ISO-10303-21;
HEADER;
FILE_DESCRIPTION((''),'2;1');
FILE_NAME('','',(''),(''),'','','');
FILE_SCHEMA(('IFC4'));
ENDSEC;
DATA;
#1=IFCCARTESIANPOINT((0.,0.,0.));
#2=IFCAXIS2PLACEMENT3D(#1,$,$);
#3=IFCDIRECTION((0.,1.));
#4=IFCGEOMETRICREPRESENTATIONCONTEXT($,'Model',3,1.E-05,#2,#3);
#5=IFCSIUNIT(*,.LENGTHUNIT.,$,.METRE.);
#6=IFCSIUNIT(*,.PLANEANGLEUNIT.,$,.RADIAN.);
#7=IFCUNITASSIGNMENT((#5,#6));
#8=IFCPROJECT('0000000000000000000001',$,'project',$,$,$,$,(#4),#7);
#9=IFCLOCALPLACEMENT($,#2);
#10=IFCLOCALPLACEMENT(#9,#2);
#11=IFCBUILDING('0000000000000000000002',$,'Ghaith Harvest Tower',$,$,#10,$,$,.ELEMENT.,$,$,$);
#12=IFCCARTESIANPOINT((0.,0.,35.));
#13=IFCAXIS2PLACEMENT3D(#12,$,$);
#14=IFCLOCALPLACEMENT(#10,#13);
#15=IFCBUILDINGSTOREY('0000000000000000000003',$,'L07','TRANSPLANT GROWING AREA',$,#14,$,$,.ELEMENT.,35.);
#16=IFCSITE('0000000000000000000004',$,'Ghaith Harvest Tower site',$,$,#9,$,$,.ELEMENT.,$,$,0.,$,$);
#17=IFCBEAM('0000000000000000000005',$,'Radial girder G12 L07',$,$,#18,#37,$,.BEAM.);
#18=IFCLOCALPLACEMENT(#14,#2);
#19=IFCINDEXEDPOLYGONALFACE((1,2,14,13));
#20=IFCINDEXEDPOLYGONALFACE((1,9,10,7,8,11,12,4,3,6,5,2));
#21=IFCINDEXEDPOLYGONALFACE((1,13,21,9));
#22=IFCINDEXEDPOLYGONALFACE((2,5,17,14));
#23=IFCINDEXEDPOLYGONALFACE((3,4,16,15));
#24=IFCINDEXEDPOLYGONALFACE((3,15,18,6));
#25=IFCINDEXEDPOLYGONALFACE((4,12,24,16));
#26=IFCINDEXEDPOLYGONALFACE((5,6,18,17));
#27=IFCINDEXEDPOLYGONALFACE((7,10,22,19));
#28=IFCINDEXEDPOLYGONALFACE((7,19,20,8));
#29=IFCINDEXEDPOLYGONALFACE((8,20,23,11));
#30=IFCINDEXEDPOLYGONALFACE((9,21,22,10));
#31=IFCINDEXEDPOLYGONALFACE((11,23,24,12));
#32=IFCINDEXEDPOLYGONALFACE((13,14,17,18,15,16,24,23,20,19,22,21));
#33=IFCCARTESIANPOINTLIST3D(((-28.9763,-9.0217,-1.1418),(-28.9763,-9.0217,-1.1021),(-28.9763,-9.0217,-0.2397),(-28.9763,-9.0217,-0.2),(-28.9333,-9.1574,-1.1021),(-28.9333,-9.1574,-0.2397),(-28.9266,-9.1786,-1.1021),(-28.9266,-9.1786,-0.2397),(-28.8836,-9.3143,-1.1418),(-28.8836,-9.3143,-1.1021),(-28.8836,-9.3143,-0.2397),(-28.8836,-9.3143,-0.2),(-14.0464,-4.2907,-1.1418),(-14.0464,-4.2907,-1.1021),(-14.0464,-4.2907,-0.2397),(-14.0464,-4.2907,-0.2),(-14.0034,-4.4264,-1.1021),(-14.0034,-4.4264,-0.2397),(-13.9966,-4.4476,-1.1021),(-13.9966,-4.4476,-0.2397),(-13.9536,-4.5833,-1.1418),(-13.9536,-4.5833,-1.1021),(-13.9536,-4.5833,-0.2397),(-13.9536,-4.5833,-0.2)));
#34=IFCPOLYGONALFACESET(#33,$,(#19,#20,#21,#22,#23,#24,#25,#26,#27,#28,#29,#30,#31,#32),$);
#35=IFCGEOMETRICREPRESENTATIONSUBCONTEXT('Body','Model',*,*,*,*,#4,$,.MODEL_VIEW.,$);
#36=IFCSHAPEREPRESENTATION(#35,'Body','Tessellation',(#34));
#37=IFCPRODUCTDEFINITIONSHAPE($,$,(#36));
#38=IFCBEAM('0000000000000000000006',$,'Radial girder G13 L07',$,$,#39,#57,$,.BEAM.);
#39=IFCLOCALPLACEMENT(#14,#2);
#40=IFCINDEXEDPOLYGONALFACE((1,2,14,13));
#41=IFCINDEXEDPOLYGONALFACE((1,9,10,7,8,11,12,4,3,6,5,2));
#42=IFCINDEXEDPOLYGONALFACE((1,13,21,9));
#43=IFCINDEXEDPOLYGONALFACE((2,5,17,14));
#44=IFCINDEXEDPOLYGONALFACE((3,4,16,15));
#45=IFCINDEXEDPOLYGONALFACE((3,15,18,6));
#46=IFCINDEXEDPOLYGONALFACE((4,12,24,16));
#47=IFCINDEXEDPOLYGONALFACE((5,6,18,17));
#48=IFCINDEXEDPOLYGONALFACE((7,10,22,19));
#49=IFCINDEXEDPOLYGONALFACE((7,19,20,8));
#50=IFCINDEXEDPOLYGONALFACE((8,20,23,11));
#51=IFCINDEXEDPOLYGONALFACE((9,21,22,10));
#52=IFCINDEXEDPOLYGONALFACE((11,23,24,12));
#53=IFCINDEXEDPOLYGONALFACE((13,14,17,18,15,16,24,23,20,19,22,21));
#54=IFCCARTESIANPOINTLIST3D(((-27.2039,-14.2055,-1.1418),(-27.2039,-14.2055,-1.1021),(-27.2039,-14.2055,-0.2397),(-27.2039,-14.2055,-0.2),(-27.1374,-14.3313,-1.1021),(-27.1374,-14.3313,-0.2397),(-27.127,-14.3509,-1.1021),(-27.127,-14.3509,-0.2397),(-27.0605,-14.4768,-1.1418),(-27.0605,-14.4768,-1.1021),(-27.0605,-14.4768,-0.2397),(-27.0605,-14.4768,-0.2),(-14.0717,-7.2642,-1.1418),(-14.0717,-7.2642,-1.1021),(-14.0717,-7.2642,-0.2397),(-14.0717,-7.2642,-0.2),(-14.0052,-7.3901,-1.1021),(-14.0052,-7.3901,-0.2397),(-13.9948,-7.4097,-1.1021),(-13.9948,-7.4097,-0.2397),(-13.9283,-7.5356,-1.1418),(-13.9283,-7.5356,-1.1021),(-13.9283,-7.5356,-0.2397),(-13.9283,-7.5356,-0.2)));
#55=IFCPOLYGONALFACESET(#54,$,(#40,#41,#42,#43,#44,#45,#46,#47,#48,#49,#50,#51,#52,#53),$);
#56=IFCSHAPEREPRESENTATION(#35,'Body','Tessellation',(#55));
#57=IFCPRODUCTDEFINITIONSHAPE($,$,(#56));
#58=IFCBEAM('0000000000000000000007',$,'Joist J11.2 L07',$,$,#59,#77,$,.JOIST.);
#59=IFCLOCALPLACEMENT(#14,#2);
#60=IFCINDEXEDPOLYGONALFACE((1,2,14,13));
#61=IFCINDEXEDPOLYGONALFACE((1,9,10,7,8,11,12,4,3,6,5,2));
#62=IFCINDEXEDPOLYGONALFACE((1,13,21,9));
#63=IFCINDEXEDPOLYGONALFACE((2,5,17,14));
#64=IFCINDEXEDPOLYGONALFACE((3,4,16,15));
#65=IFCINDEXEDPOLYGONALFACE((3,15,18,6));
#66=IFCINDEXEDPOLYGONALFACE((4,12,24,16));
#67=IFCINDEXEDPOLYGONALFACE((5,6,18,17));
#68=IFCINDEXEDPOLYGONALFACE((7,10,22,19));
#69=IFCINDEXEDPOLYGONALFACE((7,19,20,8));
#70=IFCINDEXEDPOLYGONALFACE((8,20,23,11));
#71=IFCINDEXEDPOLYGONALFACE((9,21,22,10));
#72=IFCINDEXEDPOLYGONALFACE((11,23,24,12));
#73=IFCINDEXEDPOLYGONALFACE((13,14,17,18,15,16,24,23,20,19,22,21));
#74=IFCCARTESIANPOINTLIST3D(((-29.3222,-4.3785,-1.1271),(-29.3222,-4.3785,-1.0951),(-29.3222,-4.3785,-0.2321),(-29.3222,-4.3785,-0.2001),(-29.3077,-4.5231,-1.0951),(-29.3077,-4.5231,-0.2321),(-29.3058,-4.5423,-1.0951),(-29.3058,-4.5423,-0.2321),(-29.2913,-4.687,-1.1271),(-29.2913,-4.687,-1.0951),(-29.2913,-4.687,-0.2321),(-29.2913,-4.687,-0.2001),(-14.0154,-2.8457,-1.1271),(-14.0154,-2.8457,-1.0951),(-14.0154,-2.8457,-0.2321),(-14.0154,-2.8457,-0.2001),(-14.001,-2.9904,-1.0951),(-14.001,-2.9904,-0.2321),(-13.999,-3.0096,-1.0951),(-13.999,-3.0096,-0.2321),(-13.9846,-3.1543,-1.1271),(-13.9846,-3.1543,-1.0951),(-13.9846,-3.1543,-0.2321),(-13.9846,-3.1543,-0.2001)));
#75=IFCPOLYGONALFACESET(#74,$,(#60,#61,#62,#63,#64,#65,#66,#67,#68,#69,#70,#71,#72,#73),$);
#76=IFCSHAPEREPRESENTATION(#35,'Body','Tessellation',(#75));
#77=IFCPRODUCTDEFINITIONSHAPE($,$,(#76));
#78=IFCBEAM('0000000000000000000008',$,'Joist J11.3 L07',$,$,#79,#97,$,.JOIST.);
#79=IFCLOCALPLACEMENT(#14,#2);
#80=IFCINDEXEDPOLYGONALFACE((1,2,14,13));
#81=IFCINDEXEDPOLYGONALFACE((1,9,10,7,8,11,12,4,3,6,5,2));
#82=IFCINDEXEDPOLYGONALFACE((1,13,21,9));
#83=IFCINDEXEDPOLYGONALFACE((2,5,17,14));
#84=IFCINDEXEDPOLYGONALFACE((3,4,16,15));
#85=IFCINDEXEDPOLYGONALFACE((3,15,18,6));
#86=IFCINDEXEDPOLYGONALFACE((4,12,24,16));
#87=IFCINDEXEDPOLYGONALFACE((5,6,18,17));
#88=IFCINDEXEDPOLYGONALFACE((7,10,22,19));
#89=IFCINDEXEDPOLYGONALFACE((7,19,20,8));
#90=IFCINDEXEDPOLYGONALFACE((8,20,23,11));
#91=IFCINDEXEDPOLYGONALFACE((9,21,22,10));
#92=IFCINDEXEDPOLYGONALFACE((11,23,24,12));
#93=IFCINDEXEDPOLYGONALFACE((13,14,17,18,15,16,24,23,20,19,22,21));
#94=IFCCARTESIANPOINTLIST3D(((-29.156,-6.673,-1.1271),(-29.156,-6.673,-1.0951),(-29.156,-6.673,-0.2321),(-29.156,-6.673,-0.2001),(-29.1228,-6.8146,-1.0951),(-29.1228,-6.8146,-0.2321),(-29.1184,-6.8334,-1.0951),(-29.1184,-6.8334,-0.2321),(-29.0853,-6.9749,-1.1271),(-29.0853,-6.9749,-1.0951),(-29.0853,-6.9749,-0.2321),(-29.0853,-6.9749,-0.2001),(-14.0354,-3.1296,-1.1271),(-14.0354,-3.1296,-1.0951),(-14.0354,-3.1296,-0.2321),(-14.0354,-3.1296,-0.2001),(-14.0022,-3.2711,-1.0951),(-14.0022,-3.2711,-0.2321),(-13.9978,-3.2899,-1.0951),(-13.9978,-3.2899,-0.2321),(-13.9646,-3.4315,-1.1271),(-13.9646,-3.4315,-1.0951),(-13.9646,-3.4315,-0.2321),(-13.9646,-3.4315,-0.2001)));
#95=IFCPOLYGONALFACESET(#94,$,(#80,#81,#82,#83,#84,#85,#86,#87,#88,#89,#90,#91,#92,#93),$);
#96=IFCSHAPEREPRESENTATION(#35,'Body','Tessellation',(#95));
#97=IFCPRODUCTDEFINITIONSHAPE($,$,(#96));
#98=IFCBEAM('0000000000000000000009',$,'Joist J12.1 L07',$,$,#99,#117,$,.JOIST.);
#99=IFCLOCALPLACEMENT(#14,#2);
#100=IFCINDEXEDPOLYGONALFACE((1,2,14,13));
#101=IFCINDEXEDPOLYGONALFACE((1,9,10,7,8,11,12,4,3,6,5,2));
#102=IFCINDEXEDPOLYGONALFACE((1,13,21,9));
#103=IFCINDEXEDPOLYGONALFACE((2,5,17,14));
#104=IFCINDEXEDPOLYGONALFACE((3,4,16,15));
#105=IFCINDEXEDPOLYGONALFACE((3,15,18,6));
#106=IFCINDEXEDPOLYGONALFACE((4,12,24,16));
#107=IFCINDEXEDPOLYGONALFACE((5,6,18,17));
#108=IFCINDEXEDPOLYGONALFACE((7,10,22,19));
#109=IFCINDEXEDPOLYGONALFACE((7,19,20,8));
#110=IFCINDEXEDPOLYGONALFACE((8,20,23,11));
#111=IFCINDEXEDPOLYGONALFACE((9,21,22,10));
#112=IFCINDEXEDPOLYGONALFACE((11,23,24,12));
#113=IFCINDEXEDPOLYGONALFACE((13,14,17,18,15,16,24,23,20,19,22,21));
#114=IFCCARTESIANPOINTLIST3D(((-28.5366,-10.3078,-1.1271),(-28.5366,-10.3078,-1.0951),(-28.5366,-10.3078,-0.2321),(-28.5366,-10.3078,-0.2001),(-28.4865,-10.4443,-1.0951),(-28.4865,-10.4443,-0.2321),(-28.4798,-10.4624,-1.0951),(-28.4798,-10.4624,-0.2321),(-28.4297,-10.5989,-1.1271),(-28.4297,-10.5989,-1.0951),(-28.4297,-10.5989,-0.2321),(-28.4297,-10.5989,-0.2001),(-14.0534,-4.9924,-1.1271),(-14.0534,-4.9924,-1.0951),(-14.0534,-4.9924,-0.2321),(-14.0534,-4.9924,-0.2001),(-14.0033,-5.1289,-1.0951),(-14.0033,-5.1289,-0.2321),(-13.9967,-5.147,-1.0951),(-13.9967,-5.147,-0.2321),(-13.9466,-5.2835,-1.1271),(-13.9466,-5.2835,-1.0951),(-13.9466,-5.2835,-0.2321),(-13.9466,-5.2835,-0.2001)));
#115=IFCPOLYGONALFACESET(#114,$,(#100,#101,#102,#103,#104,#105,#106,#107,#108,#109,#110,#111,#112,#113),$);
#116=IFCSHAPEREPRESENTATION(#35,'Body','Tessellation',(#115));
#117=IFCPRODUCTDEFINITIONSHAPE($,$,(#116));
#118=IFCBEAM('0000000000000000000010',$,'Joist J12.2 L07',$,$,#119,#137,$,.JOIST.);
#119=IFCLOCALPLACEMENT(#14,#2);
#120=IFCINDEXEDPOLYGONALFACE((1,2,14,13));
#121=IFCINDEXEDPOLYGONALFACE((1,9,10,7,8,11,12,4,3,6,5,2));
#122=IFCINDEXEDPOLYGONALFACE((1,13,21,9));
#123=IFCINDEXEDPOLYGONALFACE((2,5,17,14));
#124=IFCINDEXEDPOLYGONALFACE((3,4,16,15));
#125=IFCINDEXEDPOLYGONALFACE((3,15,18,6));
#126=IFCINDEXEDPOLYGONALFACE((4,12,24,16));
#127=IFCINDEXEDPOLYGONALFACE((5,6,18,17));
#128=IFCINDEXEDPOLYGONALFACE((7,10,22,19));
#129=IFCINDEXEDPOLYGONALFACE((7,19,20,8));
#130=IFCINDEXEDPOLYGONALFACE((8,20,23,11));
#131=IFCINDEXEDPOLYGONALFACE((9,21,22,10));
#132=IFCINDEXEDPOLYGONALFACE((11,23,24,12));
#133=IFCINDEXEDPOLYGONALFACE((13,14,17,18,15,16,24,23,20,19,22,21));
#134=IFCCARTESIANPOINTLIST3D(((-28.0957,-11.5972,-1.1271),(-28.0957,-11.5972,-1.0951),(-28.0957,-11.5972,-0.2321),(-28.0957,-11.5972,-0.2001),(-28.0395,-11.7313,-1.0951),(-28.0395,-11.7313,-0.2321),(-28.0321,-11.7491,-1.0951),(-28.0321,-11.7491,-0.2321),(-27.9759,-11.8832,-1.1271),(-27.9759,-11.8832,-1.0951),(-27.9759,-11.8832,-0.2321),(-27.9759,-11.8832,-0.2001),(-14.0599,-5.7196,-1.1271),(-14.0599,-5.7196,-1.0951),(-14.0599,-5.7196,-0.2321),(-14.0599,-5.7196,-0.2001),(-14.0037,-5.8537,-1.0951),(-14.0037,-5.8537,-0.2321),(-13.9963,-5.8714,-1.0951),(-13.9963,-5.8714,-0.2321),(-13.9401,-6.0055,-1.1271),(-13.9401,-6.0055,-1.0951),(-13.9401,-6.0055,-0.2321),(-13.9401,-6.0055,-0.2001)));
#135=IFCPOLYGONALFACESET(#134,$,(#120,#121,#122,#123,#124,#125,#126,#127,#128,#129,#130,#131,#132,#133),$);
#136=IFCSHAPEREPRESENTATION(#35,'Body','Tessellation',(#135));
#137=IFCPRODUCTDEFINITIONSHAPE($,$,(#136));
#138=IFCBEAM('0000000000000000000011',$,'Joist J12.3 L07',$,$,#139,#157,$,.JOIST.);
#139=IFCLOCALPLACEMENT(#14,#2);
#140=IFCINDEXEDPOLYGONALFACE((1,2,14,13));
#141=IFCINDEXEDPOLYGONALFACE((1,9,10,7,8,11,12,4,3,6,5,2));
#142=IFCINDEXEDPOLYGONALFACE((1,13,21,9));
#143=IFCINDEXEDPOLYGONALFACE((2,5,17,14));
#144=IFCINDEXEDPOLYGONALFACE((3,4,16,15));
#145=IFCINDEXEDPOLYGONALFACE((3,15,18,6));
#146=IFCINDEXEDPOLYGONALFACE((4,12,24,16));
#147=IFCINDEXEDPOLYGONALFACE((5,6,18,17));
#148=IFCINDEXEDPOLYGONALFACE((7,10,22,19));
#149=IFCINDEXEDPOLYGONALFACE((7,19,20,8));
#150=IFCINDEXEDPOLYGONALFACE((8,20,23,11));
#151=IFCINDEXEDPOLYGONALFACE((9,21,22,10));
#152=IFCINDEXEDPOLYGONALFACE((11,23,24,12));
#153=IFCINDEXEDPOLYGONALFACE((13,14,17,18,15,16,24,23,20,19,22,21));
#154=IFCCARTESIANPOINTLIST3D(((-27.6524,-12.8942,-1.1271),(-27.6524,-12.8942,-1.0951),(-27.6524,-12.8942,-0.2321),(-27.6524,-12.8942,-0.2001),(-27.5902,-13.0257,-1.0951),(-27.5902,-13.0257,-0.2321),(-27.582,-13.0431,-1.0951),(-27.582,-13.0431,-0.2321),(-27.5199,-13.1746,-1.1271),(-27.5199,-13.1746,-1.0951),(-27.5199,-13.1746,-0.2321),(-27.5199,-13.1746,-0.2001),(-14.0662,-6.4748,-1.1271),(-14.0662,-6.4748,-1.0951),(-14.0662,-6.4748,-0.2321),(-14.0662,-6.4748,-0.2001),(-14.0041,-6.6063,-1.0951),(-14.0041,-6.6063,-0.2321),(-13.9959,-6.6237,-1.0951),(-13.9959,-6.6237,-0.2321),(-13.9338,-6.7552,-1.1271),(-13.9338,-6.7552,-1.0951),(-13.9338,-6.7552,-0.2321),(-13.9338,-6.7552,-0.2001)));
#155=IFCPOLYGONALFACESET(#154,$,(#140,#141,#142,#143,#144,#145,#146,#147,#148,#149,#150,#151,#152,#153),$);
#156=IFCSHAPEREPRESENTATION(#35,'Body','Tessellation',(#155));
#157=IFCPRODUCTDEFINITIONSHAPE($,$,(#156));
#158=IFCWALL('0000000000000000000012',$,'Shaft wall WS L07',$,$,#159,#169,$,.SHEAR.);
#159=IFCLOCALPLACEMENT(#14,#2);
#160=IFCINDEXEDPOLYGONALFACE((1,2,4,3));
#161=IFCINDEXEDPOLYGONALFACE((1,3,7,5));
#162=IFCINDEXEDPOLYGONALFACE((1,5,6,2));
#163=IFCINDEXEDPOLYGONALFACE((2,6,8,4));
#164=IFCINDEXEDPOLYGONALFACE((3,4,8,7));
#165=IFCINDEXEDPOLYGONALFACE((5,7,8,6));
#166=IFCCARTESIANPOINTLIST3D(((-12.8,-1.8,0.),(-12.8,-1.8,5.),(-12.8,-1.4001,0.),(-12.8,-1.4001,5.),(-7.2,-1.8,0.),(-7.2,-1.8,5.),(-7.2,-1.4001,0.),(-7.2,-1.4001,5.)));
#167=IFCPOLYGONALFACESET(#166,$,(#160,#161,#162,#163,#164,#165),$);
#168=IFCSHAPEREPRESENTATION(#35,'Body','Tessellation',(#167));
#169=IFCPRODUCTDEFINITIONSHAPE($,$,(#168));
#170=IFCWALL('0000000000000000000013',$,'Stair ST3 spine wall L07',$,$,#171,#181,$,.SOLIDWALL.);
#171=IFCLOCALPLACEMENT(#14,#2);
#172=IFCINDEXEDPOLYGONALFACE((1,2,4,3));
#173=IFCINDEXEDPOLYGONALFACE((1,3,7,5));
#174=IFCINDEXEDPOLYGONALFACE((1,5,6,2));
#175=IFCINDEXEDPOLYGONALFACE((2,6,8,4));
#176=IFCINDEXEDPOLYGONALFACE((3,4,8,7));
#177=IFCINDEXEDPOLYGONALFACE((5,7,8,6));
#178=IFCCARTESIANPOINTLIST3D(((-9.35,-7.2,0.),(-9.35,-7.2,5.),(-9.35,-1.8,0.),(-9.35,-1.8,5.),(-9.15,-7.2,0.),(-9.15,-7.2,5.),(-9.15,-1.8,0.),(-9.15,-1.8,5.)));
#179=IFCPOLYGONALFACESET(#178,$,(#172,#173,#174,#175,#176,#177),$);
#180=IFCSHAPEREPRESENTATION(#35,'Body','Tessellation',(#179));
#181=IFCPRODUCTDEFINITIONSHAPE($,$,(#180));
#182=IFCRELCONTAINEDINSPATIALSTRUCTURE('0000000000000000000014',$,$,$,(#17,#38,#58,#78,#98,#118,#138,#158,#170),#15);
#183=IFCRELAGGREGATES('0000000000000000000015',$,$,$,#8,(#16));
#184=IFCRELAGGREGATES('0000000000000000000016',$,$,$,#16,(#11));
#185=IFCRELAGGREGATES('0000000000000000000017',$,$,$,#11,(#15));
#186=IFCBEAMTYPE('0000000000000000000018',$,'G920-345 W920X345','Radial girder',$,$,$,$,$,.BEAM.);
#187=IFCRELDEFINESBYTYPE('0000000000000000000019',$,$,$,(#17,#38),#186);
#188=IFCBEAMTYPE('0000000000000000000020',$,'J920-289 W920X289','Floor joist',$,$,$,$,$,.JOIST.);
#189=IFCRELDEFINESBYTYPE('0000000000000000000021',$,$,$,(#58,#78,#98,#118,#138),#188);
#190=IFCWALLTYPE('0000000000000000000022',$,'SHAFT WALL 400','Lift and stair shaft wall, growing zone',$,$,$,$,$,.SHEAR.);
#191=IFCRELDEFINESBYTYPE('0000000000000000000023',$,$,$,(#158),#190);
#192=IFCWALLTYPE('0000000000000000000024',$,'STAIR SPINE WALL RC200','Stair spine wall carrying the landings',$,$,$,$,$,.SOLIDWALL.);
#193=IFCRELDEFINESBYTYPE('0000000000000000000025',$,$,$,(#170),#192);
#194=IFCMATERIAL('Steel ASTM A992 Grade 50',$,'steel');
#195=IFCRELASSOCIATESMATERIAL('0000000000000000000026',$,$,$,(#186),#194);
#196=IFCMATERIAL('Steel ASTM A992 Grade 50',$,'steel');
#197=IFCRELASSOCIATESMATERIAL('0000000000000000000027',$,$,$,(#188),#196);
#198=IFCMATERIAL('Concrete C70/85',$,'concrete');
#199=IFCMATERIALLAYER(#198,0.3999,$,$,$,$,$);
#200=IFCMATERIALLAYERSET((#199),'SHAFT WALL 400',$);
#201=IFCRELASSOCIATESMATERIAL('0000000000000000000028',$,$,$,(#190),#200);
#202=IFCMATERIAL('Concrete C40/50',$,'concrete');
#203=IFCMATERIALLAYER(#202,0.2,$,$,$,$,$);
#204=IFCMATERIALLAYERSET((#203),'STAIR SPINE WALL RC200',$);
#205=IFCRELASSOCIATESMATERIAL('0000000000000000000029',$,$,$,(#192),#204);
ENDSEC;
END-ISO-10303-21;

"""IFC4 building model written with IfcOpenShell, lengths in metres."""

from ifc_helpers import new_model, si_unit, direction, frame, frame_2d, origin, origin_2d, place, context, subcontext, project, spatial, rectangle, i_section, extrude, material, layer, layer_set, material_profile, profile_set, type_object, element, save


model = new_model("IFC4")

# Units and contexts
model_context = context("Model", 3, precision=1e-05, world=origin(), true_north=direction((0.0, 1.0)))
body_context = subcontext(model_context, "Body", "Model", "MODEL_VIEW")
ifc_project = project(units=[si_unit("LENGTHUNIT", "METRE"), si_unit("PLANEANGLEUNIT", "RADIAN")], contexts=[model_context])

# Site, building, storey
site_placement = place(None, origin())
site = spatial("IfcSite", under=ifc_project, at=site_placement, Name="Ghaith Harvest Tower site", CompositionType="ELEMENT", RefElevation=0.0)
building_placement = place(site_placement, origin())
building = spatial("IfcBuilding", under=site, at=building_placement, Name="Ghaith Harvest Tower", CompositionType="ELEMENT")
storey_placement = place(building_placement, frame((0.0, 0.0, 35.0)))
storey = spatial("IfcBuildingStorey", under=building, at=storey_placement, Name="L07", Description="TRANSPLANT GROWING AREA", CompositionType="ELEMENT", Elevation=35.0)

# Beams
ifc_material_1 = material(Name="Steel ASTM A992 Grade 50", Category="steel")
ifc_material_profile_1 = material_profile(ifc_material_1, i_section(OverallWidth=0.3069, OverallDepth=0.9419, WebThickness=0.0222, FlangeThickness=0.0398, at=origin_2d()), Name="W920X345")
ifc_profile_set_1 = profile_set([ifc_material_profile_1], Name="Steel ASTM A992 Grade 50")
beam_type_1 = type_object("IfcBeamType", Name="G920-345 W920X345", Description="Radial girder", PredefinedType="BEAM", material=ifc_profile_set_1)
beam_1_placement = place(storey_placement, frame((-14.0, -4.437, -0.6709), z_axis=(-0.953284, -0.302074, 0.0), x_axis=(0.302074, -0.953284, 0.0)))
element("IfcBeam", 1, at=beam_1_placement, inside=storey, type_object=beam_type_1, Name="Radial girder G12 L07", PredefinedType="BEAM", context=body_context, shape_type="SweptSolid", body=[
    extrude(i_section(OverallWidth=0.3069, OverallDepth=0.9419, WebThickness=0.0222, FlangeThickness=0.0398, at=origin_2d()), origin(), (0.0, 0.0, 1.0), 15.6616),
])
beam_2_placement = place(storey_placement, frame((-14.0, -7.3999, -0.6709), z_axis=(-0.884097, -0.467303, 0.0), x_axis=(0.467303, -0.884097, 0.0)))
element("IfcBeam", 2, at=beam_2_placement, inside=storey, type_object=beam_type_1, Name="Radial girder G13 L07", PredefinedType="BEAM", context=body_context, shape_type="SweptSolid", body=[
    extrude(i_section(OverallWidth=0.3069, OverallDepth=0.9419, WebThickness=0.0222, FlangeThickness=0.0398, at=origin_2d()), origin(), (0.0, 0.0, 1.0), 14.8538),
])
ifc_material_2 = material(Name="Steel ASTM A992 Grade 50", Category="steel")
ifc_material_profile_2 = material_profile(ifc_material_2, i_section(OverallWidth=0.3101, OverallDepth=0.927, WebThickness=0.0193, FlangeThickness=0.032, at=origin_2d()), Name="W920X289")
ifc_profile_set_2 = profile_set([ifc_material_profile_2], Name="Steel ASTM A992 Grade 50")
beam_type_2 = type_object("IfcBeamType", Name="J920-289 W920X289", Description="Floor joist", PredefinedType="JOIST", material=ifc_profile_set_2)
beam_3_placement = place(storey_placement, frame((-14.0, -3.0, -0.6636), z_axis=(-0.995024, -0.099636, 0.0), x_axis=(0.099636, -0.995024, 0.0)))
element("IfcBeam", 3, at=beam_3_placement, inside=storey, type_object=beam_type_2, Name="Joist J11.2 L07", PredefinedType="JOIST", context=body_context, shape_type="SweptSolid", body=[
    extrude(i_section(OverallWidth=0.3101, OverallDepth=0.927, WebThickness=0.0193, FlangeThickness=0.032, at=origin_2d()), origin(), (0.0, 0.0, 1.0), 15.3833),
])
beam_4_placement = place(storey_placement, frame((-14.0, -3.2805, -0.6636), z_axis=(-0.973623, -0.228165, 0.0), x_axis=(0.228165, -0.973623, 0.0)))
element("IfcBeam", 4, at=beam_4_placement, inside=storey, type_object=beam_type_2, Name="Joist J11.3 L07", PredefinedType="JOIST", context=body_context, shape_type="SweptSolid", body=[
    extrude(i_section(OverallWidth=0.3101, OverallDepth=0.927, WebThickness=0.0193, FlangeThickness=0.032, at=origin_2d()), origin(), (0.0, 0.0, 1.0), 15.5303),
])
beam_5_placement = place(storey_placement, frame((-14.0, -5.1379, -0.6636), z_axis=(-0.938773, -0.344537, 0.0), x_axis=(0.344537, -0.938773, 0.0)))
element("IfcBeam", 5, at=beam_5_placement, inside=storey, type_object=beam_type_2, Name="Joist J12.1 L07", PredefinedType="JOIST", context=body_context, shape_type="SweptSolid", body=[
    extrude(i_section(OverallWidth=0.3101, OverallDepth=0.927, WebThickness=0.0193, FlangeThickness=0.032, at=origin_2d()), origin(), (0.0, 0.0, 1.0), 15.4277),
])
beam_6_placement = place(storey_placement, frame((-14.0, -5.8625, -0.6636), z_axis=(-0.92239, -0.386261, 0.0), x_axis=(0.386261, -0.92239, 0.0)))
element("IfcBeam", 6, at=beam_6_placement, inside=storey, type_object=beam_type_2, Name="Joist J12.2 L07", PredefinedType="JOIST", context=body_context, shape_type="SweptSolid", body=[
    extrude(i_section(OverallWidth=0.3101, OverallDepth=0.927, WebThickness=0.0193, FlangeThickness=0.032, at=origin_2d()), origin(), (0.0, 0.0, 1.0), 15.2168),
])
beam_7_placement = place(storey_placement, frame((-14.0, -6.615, -0.6636), z_axis=(-0.904153, -0.42721, 0.0), x_axis=(0.42721, -0.904153, 0.0)))
element("IfcBeam", 7, at=beam_7_placement, inside=storey, type_object=beam_type_2, Name="Joist J12.3 L07", PredefinedType="JOIST", context=body_context, shape_type="SweptSolid", body=[
    extrude(i_section(OverallWidth=0.3101, OverallDepth=0.927, WebThickness=0.0193, FlangeThickness=0.032, at=origin_2d()), origin(), (0.0, 0.0, 1.0), 15.0264),
])

# Walls
ifc_material_3 = material(Name="Concrete C70/85", Category="concrete")
ifc_layer_1 = layer(ifc_material_3, 0.3999)
ifc_layer_set_1 = layer_set([ifc_layer_1], Name="SHAFT WALL 400")
wall_type_1 = type_object("IfcWallType", Name="SHAFT WALL 400", Description="Lift and stair shaft wall, growing zone", PredefinedType="SHEAR", material=ifc_layer_set_1)
wall_1_placement = place(storey_placement, frame((-12.8, -1.6001, 0.0), z_axis=(0.0, 0.0, 1.0), x_axis=(1.0, 0.0, 0.0)))
element("IfcWall", 8, at=wall_1_placement, inside=storey, type_object=wall_type_1, Name="Shaft wall WS L07", PredefinedType="SHEAR", context=body_context, shape_type="SweptSolid", body=[
    extrude(rectangle(XDim=5.6001, YDim=0.3999, at=frame_2d((2.8, 0.0))), origin(), (0.0, 0.0, 1.0), 5.0),
])
ifc_material_4 = material(Name="Concrete C40/50", Category="concrete")
ifc_layer_2 = layer(ifc_material_4, 0.2)
ifc_layer_set_2 = layer_set([ifc_layer_2], Name="STAIR SPINE WALL RC200")
wall_type_2 = type_object("IfcWallType", Name="STAIR SPINE WALL RC200", Description="Stair spine wall carrying the landings", PredefinedType="SOLIDWALL", material=ifc_layer_set_2)
wall_2_placement = place(storey_placement, frame((-9.25, -7.2, 0.0), z_axis=(0.0, 0.0, 1.0), x_axis=(0.0, 1.0, 0.0)))
element("IfcWall", 9, at=wall_2_placement, inside=storey, type_object=wall_type_2, Name="Stair ST3 spine wall L07", PredefinedType="SOLIDWALL", context=body_context, shape_type="SweptSolid", body=[
    extrude(rectangle(XDim=5.3999, YDim=0.2, at=frame_2d((2.7, 0.0))), origin(), (0.0, 0.0, 1.0), 5.0),
])

save(model, "model.ifc")
